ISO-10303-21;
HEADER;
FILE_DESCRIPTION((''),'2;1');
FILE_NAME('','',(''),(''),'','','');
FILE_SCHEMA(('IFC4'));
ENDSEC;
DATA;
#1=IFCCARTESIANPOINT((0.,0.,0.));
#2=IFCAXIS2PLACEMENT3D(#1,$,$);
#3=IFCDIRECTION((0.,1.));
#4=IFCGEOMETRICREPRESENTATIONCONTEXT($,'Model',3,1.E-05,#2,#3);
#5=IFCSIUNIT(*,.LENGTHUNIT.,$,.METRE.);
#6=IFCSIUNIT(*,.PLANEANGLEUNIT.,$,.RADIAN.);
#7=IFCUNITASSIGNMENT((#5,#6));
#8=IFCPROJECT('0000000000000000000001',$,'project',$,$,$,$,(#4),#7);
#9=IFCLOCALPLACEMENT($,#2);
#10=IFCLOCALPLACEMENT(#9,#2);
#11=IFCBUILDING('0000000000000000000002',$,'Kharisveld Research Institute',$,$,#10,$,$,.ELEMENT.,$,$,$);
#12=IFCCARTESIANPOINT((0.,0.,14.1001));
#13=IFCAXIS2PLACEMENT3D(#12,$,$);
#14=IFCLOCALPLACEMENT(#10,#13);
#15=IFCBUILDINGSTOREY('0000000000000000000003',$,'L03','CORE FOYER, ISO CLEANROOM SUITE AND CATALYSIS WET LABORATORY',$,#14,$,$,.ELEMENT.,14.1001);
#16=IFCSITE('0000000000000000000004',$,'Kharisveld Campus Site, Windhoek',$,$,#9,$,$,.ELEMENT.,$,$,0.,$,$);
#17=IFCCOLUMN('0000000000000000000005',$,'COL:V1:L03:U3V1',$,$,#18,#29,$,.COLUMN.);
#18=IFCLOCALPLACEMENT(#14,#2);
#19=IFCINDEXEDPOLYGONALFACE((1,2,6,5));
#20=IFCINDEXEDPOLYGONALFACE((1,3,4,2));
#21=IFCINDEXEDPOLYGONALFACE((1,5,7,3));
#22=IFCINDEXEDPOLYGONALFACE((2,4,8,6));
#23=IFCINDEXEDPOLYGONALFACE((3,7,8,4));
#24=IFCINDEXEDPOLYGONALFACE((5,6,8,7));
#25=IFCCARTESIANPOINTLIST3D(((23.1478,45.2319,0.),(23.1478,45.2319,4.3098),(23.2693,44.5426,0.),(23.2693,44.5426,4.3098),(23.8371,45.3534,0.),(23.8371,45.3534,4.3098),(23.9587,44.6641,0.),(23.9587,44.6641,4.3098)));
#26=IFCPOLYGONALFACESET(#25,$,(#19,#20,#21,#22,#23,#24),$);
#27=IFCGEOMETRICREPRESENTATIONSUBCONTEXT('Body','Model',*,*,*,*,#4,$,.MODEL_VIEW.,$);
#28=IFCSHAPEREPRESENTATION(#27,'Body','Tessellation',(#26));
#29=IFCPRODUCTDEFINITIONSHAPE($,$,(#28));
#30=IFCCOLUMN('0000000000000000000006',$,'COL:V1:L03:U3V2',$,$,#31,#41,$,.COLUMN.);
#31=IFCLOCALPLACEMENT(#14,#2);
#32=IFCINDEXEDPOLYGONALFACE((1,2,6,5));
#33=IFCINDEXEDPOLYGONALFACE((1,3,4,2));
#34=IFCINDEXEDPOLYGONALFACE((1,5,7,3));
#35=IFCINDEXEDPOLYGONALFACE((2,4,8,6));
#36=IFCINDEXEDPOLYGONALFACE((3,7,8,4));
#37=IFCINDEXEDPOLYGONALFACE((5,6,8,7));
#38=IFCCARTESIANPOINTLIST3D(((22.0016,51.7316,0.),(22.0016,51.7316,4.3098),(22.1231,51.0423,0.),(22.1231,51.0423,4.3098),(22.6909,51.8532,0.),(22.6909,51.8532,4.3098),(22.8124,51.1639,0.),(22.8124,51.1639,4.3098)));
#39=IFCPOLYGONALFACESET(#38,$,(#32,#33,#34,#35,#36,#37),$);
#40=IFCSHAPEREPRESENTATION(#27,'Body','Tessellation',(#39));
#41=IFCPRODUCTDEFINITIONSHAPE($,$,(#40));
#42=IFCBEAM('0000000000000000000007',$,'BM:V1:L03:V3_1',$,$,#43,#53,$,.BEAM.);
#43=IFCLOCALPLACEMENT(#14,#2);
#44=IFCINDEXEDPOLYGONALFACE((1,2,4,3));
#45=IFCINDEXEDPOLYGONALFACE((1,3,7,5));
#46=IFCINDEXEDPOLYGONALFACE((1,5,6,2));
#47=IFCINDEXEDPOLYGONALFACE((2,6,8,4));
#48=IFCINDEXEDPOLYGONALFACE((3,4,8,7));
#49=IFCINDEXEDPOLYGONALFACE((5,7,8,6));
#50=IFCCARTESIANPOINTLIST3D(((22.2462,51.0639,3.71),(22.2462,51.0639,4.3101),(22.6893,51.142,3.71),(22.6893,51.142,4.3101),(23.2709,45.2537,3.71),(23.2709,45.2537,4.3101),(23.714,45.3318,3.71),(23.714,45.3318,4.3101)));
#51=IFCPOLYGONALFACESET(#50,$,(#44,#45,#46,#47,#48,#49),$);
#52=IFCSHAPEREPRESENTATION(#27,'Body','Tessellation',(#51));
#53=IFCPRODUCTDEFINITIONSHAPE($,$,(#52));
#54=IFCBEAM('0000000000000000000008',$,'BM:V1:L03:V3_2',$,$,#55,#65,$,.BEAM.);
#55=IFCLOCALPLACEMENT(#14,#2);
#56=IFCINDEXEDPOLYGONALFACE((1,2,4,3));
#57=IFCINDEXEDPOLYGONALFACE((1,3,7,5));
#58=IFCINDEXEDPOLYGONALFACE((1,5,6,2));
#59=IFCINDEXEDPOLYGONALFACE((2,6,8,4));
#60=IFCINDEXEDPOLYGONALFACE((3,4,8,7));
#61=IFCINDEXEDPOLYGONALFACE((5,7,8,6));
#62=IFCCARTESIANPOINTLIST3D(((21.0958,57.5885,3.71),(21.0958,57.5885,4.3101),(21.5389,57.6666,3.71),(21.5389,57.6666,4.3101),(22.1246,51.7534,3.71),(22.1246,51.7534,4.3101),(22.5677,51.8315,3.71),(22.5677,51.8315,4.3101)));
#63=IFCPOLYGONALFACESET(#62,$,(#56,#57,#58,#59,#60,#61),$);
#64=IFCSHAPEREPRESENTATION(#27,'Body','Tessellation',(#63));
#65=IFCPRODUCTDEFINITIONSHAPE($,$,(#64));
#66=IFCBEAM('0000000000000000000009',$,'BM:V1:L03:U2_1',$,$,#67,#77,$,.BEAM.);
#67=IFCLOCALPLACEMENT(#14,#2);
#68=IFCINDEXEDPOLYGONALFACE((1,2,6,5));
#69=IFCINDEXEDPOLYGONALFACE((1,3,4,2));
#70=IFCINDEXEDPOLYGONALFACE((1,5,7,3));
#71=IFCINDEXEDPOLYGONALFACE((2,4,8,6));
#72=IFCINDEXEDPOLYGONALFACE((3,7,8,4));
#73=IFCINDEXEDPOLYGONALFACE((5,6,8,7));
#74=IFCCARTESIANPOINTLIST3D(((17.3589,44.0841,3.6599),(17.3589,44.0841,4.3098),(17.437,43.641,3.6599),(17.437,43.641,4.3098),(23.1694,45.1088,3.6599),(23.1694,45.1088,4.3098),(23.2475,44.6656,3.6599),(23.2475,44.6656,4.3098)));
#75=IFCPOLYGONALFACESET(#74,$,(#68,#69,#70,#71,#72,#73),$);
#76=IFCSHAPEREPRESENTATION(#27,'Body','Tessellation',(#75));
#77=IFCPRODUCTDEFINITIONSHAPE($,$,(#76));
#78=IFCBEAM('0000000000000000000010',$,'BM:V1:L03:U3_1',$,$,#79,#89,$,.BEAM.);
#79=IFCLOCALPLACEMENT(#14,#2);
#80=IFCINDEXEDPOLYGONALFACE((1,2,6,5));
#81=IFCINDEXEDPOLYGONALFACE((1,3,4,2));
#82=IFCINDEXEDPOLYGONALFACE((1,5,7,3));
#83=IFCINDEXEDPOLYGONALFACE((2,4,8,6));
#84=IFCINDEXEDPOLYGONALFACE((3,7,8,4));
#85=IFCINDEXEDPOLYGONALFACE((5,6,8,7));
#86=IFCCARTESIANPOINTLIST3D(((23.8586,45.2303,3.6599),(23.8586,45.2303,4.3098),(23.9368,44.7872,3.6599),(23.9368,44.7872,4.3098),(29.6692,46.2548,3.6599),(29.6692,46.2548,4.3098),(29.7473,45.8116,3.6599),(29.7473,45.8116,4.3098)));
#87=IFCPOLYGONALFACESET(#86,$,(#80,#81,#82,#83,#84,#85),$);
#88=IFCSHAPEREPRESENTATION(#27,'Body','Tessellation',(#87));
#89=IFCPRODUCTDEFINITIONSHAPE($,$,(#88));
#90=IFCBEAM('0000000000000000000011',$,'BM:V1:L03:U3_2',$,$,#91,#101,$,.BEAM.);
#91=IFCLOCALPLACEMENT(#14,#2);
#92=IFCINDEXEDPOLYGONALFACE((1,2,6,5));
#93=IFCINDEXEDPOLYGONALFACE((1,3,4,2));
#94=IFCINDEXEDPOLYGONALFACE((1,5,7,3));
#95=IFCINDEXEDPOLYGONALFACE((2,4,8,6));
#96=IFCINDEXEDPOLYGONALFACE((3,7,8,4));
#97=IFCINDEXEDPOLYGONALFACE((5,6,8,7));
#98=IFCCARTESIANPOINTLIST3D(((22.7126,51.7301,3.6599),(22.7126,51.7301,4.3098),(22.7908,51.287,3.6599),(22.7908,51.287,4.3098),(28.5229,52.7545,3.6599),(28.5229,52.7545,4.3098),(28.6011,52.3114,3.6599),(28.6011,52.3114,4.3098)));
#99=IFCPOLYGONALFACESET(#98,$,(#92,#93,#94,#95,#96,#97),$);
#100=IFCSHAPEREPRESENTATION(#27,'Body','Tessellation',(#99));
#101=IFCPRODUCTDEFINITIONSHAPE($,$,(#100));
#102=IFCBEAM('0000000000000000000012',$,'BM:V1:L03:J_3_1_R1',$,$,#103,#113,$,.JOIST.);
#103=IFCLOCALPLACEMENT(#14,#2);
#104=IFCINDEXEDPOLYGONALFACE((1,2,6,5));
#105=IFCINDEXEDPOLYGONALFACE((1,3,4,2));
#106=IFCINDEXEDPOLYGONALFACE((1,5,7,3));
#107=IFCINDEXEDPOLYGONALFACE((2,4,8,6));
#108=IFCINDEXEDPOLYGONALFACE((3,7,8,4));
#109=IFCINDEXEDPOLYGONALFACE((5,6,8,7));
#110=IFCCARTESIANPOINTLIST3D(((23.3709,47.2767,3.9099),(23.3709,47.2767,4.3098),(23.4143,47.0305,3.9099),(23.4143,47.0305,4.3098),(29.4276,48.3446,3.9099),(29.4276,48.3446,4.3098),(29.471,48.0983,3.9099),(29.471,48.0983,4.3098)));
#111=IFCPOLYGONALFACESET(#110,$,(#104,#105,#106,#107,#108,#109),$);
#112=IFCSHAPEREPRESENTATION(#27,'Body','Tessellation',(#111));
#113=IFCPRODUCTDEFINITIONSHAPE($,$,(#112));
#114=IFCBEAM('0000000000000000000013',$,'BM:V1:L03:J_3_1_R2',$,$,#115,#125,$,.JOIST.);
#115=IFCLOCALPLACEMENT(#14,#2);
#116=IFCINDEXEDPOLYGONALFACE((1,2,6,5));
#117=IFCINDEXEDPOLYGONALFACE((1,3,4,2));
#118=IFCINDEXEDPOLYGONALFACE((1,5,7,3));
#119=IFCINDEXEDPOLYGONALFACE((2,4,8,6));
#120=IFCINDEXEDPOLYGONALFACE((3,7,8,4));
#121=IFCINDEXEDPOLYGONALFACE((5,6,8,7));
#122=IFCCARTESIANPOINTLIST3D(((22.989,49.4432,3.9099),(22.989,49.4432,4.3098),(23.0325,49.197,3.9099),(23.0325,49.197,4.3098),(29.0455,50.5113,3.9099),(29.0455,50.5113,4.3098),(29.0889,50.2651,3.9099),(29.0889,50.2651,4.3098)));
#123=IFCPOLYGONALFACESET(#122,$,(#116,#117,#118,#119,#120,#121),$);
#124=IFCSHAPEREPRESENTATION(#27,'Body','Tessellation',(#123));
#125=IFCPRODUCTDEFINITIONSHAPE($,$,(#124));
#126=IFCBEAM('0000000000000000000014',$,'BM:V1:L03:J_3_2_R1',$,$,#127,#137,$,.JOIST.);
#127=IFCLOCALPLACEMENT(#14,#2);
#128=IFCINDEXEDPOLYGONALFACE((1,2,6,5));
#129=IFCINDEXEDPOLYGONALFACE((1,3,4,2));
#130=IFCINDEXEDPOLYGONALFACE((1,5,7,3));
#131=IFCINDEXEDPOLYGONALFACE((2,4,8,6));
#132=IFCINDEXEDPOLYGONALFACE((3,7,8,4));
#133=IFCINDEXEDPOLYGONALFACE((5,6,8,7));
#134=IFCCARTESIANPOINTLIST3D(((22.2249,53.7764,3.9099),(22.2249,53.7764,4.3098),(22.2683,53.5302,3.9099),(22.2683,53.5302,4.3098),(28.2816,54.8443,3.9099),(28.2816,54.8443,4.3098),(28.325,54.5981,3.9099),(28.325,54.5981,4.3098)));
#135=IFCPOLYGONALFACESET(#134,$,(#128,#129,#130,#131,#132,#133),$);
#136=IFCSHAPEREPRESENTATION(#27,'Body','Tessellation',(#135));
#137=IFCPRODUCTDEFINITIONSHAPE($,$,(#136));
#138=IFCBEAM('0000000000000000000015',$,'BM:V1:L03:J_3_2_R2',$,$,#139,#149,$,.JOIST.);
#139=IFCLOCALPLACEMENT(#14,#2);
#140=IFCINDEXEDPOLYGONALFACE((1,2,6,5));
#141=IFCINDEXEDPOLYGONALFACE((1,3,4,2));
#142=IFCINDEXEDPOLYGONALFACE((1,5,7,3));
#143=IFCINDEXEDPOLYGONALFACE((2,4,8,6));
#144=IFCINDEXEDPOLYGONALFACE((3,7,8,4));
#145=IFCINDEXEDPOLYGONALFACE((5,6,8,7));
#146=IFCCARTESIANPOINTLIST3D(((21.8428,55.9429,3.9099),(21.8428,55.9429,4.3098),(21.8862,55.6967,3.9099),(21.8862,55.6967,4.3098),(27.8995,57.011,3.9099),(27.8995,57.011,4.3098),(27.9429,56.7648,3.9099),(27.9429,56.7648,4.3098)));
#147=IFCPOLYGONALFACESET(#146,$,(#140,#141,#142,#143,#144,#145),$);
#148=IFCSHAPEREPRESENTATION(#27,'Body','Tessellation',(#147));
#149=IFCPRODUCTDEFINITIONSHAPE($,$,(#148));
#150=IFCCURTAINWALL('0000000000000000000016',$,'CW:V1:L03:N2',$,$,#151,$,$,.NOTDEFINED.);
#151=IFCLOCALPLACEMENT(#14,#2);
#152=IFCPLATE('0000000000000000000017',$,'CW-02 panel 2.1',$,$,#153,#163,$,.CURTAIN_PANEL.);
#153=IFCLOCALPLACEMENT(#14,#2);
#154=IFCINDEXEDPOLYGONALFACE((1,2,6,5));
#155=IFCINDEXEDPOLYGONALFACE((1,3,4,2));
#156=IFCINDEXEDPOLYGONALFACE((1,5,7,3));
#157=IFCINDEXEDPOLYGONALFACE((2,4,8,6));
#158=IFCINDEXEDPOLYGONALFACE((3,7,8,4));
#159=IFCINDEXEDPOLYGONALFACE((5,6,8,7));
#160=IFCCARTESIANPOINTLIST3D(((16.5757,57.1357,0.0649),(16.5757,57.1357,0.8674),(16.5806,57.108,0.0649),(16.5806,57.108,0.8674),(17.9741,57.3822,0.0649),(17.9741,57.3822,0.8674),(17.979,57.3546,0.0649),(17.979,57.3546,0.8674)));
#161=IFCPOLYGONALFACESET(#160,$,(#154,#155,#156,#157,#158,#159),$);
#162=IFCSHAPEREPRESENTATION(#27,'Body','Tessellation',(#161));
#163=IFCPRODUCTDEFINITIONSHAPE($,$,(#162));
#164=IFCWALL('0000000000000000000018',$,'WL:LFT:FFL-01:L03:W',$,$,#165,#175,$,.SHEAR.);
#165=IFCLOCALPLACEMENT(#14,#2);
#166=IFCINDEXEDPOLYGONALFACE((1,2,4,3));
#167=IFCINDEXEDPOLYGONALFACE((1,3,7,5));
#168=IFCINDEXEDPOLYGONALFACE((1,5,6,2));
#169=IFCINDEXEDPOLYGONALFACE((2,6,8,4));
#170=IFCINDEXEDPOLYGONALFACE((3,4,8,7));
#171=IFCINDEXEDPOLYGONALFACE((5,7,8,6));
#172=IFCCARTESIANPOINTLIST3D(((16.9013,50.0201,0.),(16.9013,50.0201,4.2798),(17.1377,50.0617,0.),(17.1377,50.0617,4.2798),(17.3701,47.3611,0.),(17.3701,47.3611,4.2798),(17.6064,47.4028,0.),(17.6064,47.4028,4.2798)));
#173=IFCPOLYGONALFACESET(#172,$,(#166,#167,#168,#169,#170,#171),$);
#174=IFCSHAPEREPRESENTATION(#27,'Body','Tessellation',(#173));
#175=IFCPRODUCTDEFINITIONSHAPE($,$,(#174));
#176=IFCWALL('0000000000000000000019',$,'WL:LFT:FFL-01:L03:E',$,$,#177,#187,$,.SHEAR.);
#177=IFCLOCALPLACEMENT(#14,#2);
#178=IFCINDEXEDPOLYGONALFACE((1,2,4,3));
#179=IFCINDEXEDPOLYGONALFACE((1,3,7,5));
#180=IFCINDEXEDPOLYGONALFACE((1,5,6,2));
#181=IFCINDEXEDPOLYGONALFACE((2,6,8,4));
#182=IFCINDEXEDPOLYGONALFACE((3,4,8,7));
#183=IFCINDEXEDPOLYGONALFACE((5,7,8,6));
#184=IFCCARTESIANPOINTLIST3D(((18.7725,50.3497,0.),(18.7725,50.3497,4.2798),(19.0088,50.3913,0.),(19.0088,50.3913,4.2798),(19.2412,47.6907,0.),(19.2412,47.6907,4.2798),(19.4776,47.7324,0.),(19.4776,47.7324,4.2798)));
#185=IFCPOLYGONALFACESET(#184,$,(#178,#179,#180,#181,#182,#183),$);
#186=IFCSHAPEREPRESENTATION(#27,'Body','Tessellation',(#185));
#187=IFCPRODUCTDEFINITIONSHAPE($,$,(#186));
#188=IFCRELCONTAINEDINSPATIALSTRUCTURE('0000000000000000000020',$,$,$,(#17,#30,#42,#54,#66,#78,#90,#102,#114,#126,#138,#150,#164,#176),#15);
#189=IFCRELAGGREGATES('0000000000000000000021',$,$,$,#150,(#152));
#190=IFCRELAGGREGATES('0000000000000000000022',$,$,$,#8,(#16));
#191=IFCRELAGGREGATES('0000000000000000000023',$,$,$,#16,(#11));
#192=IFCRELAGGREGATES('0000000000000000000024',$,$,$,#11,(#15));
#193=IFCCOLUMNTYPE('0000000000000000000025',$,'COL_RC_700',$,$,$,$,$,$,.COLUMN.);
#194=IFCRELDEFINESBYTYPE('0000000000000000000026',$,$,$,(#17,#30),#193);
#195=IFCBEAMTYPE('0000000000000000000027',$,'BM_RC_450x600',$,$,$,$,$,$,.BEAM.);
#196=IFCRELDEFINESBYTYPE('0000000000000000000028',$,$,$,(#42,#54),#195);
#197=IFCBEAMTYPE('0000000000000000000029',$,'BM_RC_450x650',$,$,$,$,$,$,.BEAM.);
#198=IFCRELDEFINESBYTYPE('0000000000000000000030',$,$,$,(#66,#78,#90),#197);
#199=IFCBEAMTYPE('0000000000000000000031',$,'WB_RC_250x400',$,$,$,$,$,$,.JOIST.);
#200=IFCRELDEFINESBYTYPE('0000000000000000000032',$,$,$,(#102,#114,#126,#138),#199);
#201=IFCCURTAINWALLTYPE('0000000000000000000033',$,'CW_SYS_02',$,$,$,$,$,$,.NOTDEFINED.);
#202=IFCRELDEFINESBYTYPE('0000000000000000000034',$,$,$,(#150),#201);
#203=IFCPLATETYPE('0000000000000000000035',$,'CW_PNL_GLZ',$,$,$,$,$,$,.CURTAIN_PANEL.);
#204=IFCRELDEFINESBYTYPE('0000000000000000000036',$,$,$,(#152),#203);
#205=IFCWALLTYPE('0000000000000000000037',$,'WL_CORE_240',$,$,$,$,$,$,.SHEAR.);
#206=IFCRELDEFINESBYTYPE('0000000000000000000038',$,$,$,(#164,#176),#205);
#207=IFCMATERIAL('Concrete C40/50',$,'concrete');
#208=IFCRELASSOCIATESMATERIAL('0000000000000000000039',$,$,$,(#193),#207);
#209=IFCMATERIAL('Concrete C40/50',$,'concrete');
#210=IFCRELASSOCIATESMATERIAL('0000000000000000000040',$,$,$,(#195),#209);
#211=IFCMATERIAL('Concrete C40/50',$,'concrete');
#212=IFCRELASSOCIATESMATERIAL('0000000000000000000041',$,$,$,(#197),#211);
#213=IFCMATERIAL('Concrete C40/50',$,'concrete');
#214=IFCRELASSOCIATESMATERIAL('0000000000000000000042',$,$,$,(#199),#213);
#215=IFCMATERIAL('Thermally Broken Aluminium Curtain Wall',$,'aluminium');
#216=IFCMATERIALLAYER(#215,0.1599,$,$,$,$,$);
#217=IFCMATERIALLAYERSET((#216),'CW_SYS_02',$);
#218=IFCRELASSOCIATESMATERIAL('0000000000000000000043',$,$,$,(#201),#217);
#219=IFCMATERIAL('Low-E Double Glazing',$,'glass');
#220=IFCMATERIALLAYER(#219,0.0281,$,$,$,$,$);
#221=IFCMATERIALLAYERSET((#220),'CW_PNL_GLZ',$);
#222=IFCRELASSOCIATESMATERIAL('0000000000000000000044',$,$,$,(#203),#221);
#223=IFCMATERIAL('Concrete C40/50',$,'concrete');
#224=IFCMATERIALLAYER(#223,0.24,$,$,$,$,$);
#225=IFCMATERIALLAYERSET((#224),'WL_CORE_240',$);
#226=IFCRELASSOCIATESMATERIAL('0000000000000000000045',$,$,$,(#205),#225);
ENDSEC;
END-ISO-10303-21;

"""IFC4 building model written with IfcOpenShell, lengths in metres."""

from ifc_helpers import new_model, si_unit, direction, frame, frame_2d, origin, origin_2d, place, context, subcontext, project, spatial, rectangle, extrude, material, layer, layer_set, material_profile, profile_set, type_object, element, aggregate, save


model = new_model("IFC4")

# Units and contexts
model_context = context("Model", 3, precision=1e-05, world=origin(), true_north=direction((0.0, 1.0)))
body_context = subcontext(model_context, "Body", "Model", "MODEL_VIEW")
ifc_project = project(units=[si_unit("LENGTHUNIT", "METRE"), si_unit("PLANEANGLEUNIT", "RADIAN")], contexts=[model_context])

# Site, building, storey
site_placement = place(None, origin())
site = spatial("IfcSite", under=ifc_project, at=site_placement, Name="Kharisveld Campus Site, Windhoek", CompositionType="ELEMENT", RefElevation=0.0)
building_placement = place(site_placement, origin())
building = spatial("IfcBuilding", under=site, at=building_placement, Name="Kharisveld Research Institute", CompositionType="ELEMENT")
storey_placement = place(building_placement, frame((0.0, 0.0, 14.1001)))
storey = spatial("IfcBuildingStorey", under=building, at=storey_placement, Name="L03", Description="CORE FOYER, ISO CLEANROOM SUITE AND CATALYSIS WET LABORATORY", CompositionType="ELEMENT", Elevation=14.1001)

# Columns
ifc_material_1 = material(Name="Concrete C40/50", Category="concrete")
ifc_material_profile_1 = material_profile(ifc_material_1, rectangle(XDim=0.7, YDim=0.7, at=origin_2d()))
ifc_profile_set_1 = profile_set([ifc_material_profile_1], Name="Concrete C40/50")
column_type = type_object("IfcColumnType", Name="COL_RC_700", PredefinedType="COLUMN", material=ifc_profile_set_1)
for number, where, z_axis, x_axis, name in (
    (1, (23.5532, 44.948, 0.0), (0.0, 0.0, 1.0), (0.984808, 0.173648, 0.0), "COL:V1:L03:U3V1"),
    (2, (22.407, 51.4478, 0.0), (0.0, 0.0, 1.0), (0.984808, 0.173648, 0.0), "COL:V1:L03:U3V2"),
):
    element("IfcColumn", number, at=place(storey_placement, frame(where, z_axis=z_axis, x_axis=x_axis)), inside=storey, type_object=column_type, Name=name, PredefinedType="COLUMN", context=body_context, shape_type="SweptSolid", body=[
        extrude(rectangle(XDim=0.7, YDim=0.7, at=origin_2d()), origin(), (0.0, 0.0, 1.0), 4.3098),
    ])

# Beams
ifc_material_2 = material(Name="Concrete C40/50", Category="concrete")
ifc_material_profile_2 = material_profile(ifc_material_2, rectangle(XDim=0.45, YDim=0.6001, at=origin_2d()))
ifc_profile_set_2 = profile_set([ifc_material_profile_2], Name="Concrete C40/50")
beam_type_1 = type_object("IfcBeamType", Name="BM_RC_450x600", PredefinedType="BEAM", material=ifc_profile_set_2)
beam_1_placement = place(storey_placement, frame((23.4924, 45.2927, 4.01), z_axis=(-0.173672, 0.984804, 0.0), x_axis=(-0.984804, -0.173672, 0.0)))
element("IfcBeam", 3, at=beam_1_placement, inside=storey, type_object=beam_type_1, Name="BM:V1:L03:V3_1", PredefinedType="BEAM", context=body_context, shape_type="SweptSolid", body=[
    extrude(rectangle(XDim=0.45, YDim=0.6001, at=origin_2d()), origin(), (0.0, 0.0, 1.0), 5.8999),
])
beam_2_placement = place(storey_placement, frame((22.3462, 51.7925, 4.01), z_axis=(-0.17364, 0.984809, 0.0), x_axis=(-0.984809, -0.17364, 0.0)))
element("IfcBeam", 4, at=beam_2_placement, inside=storey, type_object=beam_type_1, Name="BM:V1:L03:V3_2", PredefinedType="BEAM", context=body_context, shape_type="SweptSolid", body=[
    extrude(rectangle(XDim=0.45, YDim=0.6001, at=origin_2d()), origin(), (0.0, 0.0, 1.0), 5.925),
])
ifc_material_3 = material(Name="Concrete C40/50", Category="concrete")
ifc_material_profile_3 = material_profile(ifc_material_3, rectangle(XDim=0.45, YDim=0.6499, at=origin_2d()))
ifc_profile_set_3 = profile_set([ifc_material_profile_3], Name="Concrete C40/50")
beam_type_2 = type_object("IfcBeamType", Name="BM_RC_450x650", PredefinedType="BEAM", material=ifc_profile_set_3)
for number, where, z_axis, x_axis, name in (
    (5, (17.3979, 43.8625, 3.9849), (0.984805, 0.173665, 0.0), (-0.173665, 0.984805, 0.0), "BM:V1:L03:U2_1"),
    (6, (23.8977, 45.0088, 3.9849), (0.984812, 0.173625, 0.0), (-0.173625, 0.984812, 0.0), "BM:V1:L03:U3_1"),
):
    element("IfcBeam", number, at=place(storey_placement, frame(where, z_axis=z_axis, x_axis=x_axis)), inside=storey, type_object=beam_type_2, Name=name, PredefinedType="BEAM", context=body_context, shape_type="SweptSolid", body=[
        extrude(rectangle(XDim=0.45, YDim=0.6499, at=origin_2d()), origin(), (0.0, 0.0, 1.0), 5.9001),
    ])
beam_3_placement = place(storey_placement, frame((22.7517, 51.5085, 3.9849), z_axis=(0.984811, 0.173632, 0.0), x_axis=(-0.173632, 0.984811, 0.0)))
element("IfcBeam", 7, at=beam_3_placement, inside=storey, type_object=beam_type_2, Name="BM:V1:L03:U3_2", PredefinedType="BEAM", context=body_context, shape_type="SweptSolid", body=[
    extrude(rectangle(XDim=0.45, YDim=0.6499, at=origin_2d()), origin(), (0.0, 0.0, 1.0), 5.8999),
])
ifc_material_4 = material(Name="Concrete C40/50", Category="concrete")
ifc_material_profile_4 = material_profile(ifc_material_4, rectangle(XDim=0.25, YDim=0.3999, at=origin_2d()))
ifc_profile_set_4 = profile_set([ifc_material_profile_4], Name="Concrete C40/50")
beam_type_3 = type_object("IfcBeamType", Name="WB_RC_250x400", PredefinedType="JOIST", material=ifc_profile_set_4)
beam_4_placement = place(storey_placement, frame((23.3926, 47.1536, 4.1099), z_axis=(0.98481, 0.173636, 0.0), x_axis=(-0.173636, 0.98481, 0.0)))
element("IfcBeam", 8, at=beam_4_placement, inside=storey, type_object=beam_type_3, Name="BM:V1:L03:J_3_1_R1", PredefinedType="JOIST", context=body_context, shape_type="SweptSolid", body=[
    extrude(rectangle(XDim=0.25, YDim=0.3999, at=origin_2d()), origin(), (0.0, 0.0, 1.0), 6.1501),
])
beam_5_placement = place(storey_placement, frame((23.0107, 49.3201, 4.1099), z_axis=(0.984802, 0.173681, 0.0), x_axis=(-0.173681, 0.984802, 0.0)))
element("IfcBeam", 9, at=beam_5_placement, inside=storey, type_object=beam_type_3, Name="BM:V1:L03:J_3_1_R2", PredefinedType="JOIST", context=body_context, shape_type="SweptSolid", body=[
    extrude(rectangle(XDim=0.25, YDim=0.3999, at=origin_2d()), origin(), (0.0, 0.0, 1.0), 6.1499),
])
for number, where, z_axis, x_axis, name in (
    (10, (22.2466, 53.6533, 4.1099), (0.98481, 0.173636, 0.0), (-0.173636, 0.98481, 0.0), "BM:V1:L03:J_3_2_R1"),
    (11, (21.8645, 55.8198, 4.1099), (0.984803, 0.173674, 0.0), (-0.173674, 0.984803, 0.0), "BM:V1:L03:J_3_2_R2"),
):
    element("IfcBeam", number, at=place(storey_placement, frame(where, z_axis=z_axis, x_axis=x_axis)), inside=storey, type_object=beam_type_3, Name=name, PredefinedType="JOIST", context=body_context, shape_type="SweptSolid", body=[
        extrude(rectangle(XDim=0.25, YDim=0.3999, at=origin_2d()), origin(), (0.0, 0.0, 1.0), 6.1501),
    ])

# Curtain wall, plate
ifc_material_5 = material(Name="Thermally Broken Aluminium Curtain Wall", Category="aluminium")
ifc_layer_1 = layer(ifc_material_5, 0.1599)
ifc_layer_set_1 = layer_set([ifc_layer_1], Name="CW_SYS_02")
curtain_wall_type = type_object("IfcCurtainWallType", Name="CW_SYS_02", PredefinedType="NOTDEFINED", material=ifc_layer_set_1)
curtain_wall_placement = place(storey_placement, origin())
curtain_wall = element("IfcCurtainWall", 12, at=curtain_wall_placement, inside=storey, type_object=curtain_wall_type, Name="CW:V1:L03:N2", PredefinedType="NOTDEFINED")
ifc_material_6 = material(Name="Low-E Double Glazing", Category="glass")
ifc_layer_2 = layer(ifc_material_6, 0.0281)
ifc_layer_set_2 = layer_set([ifc_layer_2], Name="CW_PNL_GLZ")
plate_type = type_object("IfcPlateType", Name="CW_PNL_GLZ", PredefinedType="CURTAIN_PANEL", material=ifc_layer_set_2)
plate_placement = place(storey_placement, frame((17.2773, 57.2451, 0.0649), z_axis=(0.0, 0.0, 1.0), x_axis=(0.984808, 0.173648, 0.0)))
plate = element("IfcPlate", 13, at=plate_placement, type_object=plate_type, Name="CW-02 panel 2.1", PredefinedType="CURTAIN_PANEL", context=body_context, shape_type="SweptSolid", body=[
    extrude(rectangle(XDim=1.4199, YDim=0.0281, at=origin_2d()), origin(), (0.0, 0.0, 1.0), 0.8025),
])
aggregate(curtain_wall, [plate])

# Walls
ifc_material_7 = material(Name="Concrete C40/50", Category="concrete")
ifc_layer_3 = layer(ifc_material_7, 0.24)
ifc_layer_set_3 = layer_set([ifc_layer_3], Name="WL_CORE_240")
wall_type_1 = type_object("IfcWallType", Name="WL_CORE_240", PredefinedType="SHEAR", material=ifc_layer_set_3)
for number, where, z_axis, x_axis, name in (
    (14, (17.4883, 47.3818, 0.0), (0.0, 0.0, 1.0), (-0.173615, 0.984814, 0.0), "WL:LFT:FFL-01:L03:W"),
    (15, (18.8906, 50.3706, 0.0), (0.0, 0.0, 1.0), (0.173615, -0.984814, 0.0), "WL:LFT:FFL-01:L03:E"),
):
    element("IfcWall", number, at=place(storey_placement, frame(where, z_axis=z_axis, x_axis=x_axis)), inside=storey, type_object=wall_type_1, Name=name, PredefinedType="SHEAR", context=body_context, shape_type="SweptSolid", body=[
        extrude(rectangle(XDim=2.7, YDim=0.24, at=frame_2d((1.3501, 0.0))), origin(), (0.0, 0.0, 1.0), 4.2798),
    ])

save(model, "model.ifc")
